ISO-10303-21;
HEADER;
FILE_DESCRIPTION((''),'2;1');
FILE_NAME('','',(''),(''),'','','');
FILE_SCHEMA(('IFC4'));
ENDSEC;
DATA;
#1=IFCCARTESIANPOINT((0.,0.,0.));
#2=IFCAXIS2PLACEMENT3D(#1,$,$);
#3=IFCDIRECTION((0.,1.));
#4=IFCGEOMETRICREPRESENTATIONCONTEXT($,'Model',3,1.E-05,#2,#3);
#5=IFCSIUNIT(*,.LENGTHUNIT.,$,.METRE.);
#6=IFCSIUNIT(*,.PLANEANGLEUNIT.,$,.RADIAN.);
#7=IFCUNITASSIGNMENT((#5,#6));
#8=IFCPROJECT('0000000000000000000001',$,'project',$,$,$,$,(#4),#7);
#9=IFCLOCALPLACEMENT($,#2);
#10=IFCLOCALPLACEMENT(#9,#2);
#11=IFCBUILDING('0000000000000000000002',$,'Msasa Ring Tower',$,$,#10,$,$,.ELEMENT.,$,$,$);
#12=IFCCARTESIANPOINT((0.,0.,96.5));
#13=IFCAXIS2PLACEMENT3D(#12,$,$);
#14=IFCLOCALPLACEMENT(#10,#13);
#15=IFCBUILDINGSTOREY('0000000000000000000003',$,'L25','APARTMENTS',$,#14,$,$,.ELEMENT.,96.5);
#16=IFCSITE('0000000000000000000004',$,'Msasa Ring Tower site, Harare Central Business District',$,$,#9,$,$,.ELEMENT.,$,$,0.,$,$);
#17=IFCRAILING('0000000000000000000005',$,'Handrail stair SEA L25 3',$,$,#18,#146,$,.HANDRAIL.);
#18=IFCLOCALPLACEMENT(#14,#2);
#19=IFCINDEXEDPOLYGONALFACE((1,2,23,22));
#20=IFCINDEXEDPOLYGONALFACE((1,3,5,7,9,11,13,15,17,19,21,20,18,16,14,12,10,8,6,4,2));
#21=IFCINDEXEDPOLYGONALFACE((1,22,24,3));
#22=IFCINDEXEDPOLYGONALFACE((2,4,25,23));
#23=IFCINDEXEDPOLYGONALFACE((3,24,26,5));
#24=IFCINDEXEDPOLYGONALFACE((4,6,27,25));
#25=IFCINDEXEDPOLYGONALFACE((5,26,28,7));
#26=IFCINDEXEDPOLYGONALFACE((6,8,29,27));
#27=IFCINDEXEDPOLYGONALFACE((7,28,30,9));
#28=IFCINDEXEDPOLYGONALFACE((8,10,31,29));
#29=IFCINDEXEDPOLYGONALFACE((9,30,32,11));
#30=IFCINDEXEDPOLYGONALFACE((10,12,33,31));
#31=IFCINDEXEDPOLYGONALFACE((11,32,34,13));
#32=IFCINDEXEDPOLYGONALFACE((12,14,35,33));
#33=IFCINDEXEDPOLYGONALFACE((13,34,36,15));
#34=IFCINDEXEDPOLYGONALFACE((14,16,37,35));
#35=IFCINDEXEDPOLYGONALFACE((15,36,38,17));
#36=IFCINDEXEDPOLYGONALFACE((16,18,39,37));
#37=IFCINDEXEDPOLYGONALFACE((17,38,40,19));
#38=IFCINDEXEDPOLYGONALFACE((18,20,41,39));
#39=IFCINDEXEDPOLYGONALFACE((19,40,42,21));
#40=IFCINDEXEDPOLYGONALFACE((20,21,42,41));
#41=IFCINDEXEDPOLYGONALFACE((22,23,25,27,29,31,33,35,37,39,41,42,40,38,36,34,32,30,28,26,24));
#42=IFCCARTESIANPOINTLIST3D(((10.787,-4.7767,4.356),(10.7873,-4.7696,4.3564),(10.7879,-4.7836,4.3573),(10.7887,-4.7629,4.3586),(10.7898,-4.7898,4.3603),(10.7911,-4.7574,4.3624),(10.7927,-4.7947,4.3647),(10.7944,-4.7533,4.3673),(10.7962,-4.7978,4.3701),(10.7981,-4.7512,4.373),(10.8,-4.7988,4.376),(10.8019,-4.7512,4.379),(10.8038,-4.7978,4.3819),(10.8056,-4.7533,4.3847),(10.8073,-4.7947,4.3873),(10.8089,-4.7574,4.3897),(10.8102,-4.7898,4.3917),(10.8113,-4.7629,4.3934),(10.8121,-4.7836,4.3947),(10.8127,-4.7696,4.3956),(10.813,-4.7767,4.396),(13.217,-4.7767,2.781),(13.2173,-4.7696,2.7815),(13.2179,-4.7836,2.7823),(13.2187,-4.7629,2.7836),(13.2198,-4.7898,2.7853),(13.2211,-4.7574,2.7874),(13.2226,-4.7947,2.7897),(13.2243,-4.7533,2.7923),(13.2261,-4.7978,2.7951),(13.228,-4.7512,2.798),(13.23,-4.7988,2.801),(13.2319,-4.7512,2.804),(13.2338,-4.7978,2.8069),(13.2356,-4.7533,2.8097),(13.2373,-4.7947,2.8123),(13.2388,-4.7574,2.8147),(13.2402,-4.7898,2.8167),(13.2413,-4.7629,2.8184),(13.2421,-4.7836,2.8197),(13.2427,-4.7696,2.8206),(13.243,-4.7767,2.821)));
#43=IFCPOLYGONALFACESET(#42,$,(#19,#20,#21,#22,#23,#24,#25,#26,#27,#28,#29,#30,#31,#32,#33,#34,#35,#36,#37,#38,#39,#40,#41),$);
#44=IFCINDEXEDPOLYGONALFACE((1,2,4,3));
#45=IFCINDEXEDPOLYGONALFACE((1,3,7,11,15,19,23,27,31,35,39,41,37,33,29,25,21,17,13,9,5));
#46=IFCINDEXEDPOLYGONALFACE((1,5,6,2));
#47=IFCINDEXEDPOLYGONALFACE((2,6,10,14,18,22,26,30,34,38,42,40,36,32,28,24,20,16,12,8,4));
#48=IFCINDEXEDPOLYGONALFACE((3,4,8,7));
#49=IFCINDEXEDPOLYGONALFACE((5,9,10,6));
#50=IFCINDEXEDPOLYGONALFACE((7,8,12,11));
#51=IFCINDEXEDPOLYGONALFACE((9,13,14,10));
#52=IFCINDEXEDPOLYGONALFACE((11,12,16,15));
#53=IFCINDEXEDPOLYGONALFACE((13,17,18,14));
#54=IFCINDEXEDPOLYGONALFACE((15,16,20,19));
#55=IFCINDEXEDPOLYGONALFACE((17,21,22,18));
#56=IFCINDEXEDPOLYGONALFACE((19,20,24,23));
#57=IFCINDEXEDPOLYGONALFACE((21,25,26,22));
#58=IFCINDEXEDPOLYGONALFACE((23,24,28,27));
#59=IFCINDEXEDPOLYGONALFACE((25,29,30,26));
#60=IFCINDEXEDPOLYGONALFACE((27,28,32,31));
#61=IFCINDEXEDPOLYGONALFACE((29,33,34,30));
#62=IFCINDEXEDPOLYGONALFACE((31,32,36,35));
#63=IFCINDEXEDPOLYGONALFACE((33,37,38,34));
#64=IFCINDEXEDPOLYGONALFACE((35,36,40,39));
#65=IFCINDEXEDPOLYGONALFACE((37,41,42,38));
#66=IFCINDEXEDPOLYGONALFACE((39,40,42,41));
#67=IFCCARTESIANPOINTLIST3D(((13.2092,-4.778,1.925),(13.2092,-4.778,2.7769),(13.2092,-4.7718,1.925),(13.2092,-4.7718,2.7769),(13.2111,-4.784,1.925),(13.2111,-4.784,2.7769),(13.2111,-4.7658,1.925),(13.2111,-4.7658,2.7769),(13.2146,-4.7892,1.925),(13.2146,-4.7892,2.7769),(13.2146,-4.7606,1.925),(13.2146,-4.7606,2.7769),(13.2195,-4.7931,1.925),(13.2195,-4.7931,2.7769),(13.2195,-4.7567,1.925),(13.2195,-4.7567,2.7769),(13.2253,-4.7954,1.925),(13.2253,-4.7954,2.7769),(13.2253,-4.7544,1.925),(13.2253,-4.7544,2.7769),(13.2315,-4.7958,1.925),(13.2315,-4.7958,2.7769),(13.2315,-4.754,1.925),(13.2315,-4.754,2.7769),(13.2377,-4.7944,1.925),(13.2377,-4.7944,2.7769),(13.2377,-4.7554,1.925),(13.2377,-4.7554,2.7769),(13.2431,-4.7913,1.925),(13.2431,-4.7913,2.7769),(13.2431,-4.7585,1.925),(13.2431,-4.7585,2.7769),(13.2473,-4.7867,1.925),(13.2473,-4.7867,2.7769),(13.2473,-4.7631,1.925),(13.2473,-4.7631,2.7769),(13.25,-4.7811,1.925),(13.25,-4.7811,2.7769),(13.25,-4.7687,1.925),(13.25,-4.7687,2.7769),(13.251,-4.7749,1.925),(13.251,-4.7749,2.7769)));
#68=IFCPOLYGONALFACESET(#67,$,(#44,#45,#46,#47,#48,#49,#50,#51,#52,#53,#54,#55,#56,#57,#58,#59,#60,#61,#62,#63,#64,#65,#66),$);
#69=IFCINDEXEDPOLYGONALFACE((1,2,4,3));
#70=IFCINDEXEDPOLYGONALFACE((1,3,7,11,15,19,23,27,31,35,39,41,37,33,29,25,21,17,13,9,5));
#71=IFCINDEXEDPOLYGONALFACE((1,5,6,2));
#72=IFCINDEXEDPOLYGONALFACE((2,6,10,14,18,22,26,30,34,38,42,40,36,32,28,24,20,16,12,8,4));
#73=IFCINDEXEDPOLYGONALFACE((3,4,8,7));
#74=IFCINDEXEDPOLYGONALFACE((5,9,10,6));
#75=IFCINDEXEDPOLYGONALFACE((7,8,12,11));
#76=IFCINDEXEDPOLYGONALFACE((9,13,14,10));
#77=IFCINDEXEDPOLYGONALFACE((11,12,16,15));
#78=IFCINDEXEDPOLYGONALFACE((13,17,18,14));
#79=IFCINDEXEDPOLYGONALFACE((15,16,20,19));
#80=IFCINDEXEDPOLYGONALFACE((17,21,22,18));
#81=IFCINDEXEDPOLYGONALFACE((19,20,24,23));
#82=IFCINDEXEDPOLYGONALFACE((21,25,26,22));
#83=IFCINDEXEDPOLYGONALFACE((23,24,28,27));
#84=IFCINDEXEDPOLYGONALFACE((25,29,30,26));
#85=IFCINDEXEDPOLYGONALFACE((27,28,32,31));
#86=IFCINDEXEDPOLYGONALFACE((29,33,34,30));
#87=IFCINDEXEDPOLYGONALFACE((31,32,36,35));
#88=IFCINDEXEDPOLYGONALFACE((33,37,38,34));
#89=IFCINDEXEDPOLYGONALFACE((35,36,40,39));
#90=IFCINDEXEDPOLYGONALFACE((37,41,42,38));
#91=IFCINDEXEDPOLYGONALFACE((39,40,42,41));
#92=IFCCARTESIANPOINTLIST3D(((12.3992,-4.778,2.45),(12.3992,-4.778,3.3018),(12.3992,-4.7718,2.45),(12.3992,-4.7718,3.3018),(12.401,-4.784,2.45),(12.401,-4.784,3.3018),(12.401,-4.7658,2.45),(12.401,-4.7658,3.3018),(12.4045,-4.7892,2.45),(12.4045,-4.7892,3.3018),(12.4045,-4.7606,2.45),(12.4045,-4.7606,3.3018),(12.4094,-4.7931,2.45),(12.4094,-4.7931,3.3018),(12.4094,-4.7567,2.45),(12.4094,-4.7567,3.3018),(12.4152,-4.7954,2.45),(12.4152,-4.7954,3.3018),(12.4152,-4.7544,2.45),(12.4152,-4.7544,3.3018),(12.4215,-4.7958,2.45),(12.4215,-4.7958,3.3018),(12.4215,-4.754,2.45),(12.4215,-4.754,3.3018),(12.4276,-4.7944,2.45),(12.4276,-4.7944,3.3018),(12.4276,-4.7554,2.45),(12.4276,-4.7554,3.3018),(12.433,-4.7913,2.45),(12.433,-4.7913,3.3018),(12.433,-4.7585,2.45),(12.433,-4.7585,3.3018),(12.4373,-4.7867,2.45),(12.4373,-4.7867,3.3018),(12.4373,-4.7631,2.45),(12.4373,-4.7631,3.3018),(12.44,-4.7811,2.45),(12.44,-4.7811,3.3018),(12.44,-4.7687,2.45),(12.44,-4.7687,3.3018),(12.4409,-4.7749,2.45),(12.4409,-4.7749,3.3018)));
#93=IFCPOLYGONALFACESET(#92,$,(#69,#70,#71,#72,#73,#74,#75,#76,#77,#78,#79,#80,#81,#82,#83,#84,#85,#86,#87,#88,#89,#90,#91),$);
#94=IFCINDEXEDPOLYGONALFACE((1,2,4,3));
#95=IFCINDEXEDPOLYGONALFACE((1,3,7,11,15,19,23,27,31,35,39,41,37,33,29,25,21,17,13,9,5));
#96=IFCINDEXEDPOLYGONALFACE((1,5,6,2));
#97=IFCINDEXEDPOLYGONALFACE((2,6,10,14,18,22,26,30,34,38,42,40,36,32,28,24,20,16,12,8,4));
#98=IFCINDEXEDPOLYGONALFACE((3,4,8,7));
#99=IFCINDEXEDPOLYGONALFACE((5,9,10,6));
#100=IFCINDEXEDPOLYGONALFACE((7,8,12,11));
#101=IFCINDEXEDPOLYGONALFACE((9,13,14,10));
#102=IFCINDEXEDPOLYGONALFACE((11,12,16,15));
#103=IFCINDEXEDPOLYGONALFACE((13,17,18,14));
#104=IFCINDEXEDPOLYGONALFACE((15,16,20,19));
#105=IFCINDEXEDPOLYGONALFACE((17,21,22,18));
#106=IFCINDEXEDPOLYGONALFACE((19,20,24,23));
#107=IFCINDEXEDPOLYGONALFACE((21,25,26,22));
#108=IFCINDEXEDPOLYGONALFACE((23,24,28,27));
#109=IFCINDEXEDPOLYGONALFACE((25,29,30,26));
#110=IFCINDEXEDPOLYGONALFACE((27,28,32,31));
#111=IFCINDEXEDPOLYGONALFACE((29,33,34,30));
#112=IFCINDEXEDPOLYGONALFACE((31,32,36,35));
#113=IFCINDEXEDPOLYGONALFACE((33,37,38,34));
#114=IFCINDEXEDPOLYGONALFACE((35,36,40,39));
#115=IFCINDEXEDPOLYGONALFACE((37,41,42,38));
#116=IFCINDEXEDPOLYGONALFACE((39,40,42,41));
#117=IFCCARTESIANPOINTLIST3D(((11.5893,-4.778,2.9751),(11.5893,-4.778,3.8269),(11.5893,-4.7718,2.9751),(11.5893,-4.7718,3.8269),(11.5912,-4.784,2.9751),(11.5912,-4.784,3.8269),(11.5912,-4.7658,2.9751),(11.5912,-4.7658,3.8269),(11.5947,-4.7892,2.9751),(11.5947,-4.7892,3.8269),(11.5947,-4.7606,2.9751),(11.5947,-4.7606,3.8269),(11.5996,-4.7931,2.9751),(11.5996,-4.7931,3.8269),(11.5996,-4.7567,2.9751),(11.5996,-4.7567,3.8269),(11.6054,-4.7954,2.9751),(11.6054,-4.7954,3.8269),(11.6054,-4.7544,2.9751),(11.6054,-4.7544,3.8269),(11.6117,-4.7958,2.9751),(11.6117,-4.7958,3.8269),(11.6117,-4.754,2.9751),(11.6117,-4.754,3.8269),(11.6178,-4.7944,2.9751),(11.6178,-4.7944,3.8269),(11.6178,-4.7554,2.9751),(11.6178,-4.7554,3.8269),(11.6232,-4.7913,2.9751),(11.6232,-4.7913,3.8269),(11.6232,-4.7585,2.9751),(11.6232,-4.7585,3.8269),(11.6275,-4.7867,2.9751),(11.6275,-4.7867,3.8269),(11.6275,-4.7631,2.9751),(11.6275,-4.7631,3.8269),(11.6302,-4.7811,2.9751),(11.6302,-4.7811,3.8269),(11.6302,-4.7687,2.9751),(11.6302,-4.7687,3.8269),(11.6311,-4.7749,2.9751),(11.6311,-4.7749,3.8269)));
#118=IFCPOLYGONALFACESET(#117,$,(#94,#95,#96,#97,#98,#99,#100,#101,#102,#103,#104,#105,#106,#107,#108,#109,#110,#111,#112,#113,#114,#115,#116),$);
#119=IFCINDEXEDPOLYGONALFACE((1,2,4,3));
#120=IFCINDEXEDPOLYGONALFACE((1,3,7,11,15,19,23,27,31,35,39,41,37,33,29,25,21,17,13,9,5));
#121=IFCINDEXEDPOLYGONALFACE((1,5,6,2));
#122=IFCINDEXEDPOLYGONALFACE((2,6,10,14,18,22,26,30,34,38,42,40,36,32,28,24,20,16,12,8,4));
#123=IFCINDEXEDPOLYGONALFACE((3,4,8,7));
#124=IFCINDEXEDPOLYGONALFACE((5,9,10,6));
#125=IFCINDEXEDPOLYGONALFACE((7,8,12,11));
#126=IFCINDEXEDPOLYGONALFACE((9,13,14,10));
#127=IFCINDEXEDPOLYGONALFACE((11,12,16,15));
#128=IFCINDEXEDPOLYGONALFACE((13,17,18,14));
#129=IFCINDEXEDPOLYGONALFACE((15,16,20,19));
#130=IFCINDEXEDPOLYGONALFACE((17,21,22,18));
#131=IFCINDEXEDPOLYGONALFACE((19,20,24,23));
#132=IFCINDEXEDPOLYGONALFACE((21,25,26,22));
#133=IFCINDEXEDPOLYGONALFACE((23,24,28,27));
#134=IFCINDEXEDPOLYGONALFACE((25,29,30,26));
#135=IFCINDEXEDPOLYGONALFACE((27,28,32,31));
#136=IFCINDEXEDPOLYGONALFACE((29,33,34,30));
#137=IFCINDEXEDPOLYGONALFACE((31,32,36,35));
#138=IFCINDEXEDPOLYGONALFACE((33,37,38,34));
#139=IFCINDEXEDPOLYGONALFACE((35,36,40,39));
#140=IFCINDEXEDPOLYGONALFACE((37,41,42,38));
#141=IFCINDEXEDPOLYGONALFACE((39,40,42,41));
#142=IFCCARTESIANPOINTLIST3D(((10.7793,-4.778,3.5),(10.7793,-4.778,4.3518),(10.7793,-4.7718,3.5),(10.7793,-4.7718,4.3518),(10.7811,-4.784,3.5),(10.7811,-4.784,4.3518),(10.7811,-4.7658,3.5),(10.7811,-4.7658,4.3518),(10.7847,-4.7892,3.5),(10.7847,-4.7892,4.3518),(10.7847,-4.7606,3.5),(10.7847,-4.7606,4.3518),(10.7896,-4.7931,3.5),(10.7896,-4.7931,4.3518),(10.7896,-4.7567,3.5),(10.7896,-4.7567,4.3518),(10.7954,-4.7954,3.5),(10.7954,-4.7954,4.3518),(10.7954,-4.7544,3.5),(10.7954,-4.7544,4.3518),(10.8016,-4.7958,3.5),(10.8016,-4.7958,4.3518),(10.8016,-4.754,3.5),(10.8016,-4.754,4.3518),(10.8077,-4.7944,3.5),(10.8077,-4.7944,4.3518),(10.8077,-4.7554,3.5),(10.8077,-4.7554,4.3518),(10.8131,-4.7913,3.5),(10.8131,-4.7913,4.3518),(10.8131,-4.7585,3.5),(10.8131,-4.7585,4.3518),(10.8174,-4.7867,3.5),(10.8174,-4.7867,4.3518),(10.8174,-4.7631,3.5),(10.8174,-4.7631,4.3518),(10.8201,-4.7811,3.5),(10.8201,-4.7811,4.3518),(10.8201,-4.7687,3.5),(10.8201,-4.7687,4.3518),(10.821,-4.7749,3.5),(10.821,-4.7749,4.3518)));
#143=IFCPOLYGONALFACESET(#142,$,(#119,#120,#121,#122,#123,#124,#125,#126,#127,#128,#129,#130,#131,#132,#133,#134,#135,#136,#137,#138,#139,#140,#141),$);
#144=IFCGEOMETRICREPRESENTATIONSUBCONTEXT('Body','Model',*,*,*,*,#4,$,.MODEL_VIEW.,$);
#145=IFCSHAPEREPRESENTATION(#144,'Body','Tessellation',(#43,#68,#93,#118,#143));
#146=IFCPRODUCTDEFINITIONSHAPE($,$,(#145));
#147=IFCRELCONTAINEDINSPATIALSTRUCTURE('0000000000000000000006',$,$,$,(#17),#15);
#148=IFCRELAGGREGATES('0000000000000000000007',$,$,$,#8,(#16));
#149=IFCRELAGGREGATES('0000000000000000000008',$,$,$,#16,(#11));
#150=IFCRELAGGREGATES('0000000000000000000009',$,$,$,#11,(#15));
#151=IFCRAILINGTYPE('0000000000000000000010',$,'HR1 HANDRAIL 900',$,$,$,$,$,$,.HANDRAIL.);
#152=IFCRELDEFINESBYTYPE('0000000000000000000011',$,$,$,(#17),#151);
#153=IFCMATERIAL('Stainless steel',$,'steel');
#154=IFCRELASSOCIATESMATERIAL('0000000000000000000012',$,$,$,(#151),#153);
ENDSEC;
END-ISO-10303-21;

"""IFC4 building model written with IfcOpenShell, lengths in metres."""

from ifc_helpers import new_model, si_unit, direction, frame, origin, origin_2d, place, context, subcontext, project, spatial, circle, extrude, material, type_object, element, save


model = new_model("IFC4")

# Units and contexts
model_context = context("Model", 3, precision=1e-05, world=origin(), true_north=direction((0.0, 1.0)))
body_context = subcontext(model_context, "Body", "Model", "MODEL_VIEW")
ifc_project = project(units=[si_unit("LENGTHUNIT", "METRE"), si_unit("PLANEANGLEUNIT", "RADIAN")], contexts=[model_context])

# Site, building, storey
site_placement = place(None, origin())
site = spatial("IfcSite", under=ifc_project, at=site_placement, Name="Msasa Ring Tower site, Harare Central Business District", CompositionType="ELEMENT", RefElevation=0.0)
building_placement = place(site_placement, origin())
building = spatial("IfcBuilding", under=site, at=building_placement, Name="Msasa Ring Tower", CompositionType="ELEMENT")
storey_placement = place(building_placement, frame((0.0, 0.0, 96.5)))
storey = spatial("IfcBuildingStorey", under=building, at=storey_placement, Name="L25", Description="APARTMENTS", CompositionType="ELEMENT", Elevation=96.5)

# Railing
ifc_material_1 = material(Name="Stainless steel", Category="steel")
railing_type = type_object("IfcRailingType", Name="HR1 HANDRAIL 900", PredefinedType="HANDRAIL", material=ifc_material_1)
for number, where, name in (
    (1, (13.23, -4.7749, 1.925), "Handrail stair SEA L25 3"),
):
    element("IfcRailing", number, at=place(storey_placement, frame(where)), inside=storey, type_object=railing_type, Name=name, PredefinedType="HANDRAIL", context=body_context, shape_type="SweptSolid", body=[
        extrude(circle(Radius=0.0239, at=origin_2d()), frame((0.0, 0.0, 0.876), z_axis=(-0.839154, 0.0, 0.543894), x_axis=(0.0, -1.0, 0.0)), (0.0, 0.0, 1.0), 2.8958),
        extrude(circle(Radius=0.021, at=origin_2d()), origin(), (0.0, 0.0, 1.0), 0.8518),
        extrude(circle(Radius=0.021, at=origin_2d()), frame((-0.8101, 0.0, 0.5249)), (0.0, 0.0, 1.0), 0.8518),
        extrude(circle(Radius=0.021, at=origin_2d()), frame((-1.6199, 0.0, 1.05)), (0.0, 0.0, 1.0), 0.8518),
        extrude(circle(Radius=0.021, at=origin_2d()), frame((-2.4299, 0.0, 1.575)), (0.0, 0.0, 1.0), 0.8518),
    ])

save(model, "model.ifc")
